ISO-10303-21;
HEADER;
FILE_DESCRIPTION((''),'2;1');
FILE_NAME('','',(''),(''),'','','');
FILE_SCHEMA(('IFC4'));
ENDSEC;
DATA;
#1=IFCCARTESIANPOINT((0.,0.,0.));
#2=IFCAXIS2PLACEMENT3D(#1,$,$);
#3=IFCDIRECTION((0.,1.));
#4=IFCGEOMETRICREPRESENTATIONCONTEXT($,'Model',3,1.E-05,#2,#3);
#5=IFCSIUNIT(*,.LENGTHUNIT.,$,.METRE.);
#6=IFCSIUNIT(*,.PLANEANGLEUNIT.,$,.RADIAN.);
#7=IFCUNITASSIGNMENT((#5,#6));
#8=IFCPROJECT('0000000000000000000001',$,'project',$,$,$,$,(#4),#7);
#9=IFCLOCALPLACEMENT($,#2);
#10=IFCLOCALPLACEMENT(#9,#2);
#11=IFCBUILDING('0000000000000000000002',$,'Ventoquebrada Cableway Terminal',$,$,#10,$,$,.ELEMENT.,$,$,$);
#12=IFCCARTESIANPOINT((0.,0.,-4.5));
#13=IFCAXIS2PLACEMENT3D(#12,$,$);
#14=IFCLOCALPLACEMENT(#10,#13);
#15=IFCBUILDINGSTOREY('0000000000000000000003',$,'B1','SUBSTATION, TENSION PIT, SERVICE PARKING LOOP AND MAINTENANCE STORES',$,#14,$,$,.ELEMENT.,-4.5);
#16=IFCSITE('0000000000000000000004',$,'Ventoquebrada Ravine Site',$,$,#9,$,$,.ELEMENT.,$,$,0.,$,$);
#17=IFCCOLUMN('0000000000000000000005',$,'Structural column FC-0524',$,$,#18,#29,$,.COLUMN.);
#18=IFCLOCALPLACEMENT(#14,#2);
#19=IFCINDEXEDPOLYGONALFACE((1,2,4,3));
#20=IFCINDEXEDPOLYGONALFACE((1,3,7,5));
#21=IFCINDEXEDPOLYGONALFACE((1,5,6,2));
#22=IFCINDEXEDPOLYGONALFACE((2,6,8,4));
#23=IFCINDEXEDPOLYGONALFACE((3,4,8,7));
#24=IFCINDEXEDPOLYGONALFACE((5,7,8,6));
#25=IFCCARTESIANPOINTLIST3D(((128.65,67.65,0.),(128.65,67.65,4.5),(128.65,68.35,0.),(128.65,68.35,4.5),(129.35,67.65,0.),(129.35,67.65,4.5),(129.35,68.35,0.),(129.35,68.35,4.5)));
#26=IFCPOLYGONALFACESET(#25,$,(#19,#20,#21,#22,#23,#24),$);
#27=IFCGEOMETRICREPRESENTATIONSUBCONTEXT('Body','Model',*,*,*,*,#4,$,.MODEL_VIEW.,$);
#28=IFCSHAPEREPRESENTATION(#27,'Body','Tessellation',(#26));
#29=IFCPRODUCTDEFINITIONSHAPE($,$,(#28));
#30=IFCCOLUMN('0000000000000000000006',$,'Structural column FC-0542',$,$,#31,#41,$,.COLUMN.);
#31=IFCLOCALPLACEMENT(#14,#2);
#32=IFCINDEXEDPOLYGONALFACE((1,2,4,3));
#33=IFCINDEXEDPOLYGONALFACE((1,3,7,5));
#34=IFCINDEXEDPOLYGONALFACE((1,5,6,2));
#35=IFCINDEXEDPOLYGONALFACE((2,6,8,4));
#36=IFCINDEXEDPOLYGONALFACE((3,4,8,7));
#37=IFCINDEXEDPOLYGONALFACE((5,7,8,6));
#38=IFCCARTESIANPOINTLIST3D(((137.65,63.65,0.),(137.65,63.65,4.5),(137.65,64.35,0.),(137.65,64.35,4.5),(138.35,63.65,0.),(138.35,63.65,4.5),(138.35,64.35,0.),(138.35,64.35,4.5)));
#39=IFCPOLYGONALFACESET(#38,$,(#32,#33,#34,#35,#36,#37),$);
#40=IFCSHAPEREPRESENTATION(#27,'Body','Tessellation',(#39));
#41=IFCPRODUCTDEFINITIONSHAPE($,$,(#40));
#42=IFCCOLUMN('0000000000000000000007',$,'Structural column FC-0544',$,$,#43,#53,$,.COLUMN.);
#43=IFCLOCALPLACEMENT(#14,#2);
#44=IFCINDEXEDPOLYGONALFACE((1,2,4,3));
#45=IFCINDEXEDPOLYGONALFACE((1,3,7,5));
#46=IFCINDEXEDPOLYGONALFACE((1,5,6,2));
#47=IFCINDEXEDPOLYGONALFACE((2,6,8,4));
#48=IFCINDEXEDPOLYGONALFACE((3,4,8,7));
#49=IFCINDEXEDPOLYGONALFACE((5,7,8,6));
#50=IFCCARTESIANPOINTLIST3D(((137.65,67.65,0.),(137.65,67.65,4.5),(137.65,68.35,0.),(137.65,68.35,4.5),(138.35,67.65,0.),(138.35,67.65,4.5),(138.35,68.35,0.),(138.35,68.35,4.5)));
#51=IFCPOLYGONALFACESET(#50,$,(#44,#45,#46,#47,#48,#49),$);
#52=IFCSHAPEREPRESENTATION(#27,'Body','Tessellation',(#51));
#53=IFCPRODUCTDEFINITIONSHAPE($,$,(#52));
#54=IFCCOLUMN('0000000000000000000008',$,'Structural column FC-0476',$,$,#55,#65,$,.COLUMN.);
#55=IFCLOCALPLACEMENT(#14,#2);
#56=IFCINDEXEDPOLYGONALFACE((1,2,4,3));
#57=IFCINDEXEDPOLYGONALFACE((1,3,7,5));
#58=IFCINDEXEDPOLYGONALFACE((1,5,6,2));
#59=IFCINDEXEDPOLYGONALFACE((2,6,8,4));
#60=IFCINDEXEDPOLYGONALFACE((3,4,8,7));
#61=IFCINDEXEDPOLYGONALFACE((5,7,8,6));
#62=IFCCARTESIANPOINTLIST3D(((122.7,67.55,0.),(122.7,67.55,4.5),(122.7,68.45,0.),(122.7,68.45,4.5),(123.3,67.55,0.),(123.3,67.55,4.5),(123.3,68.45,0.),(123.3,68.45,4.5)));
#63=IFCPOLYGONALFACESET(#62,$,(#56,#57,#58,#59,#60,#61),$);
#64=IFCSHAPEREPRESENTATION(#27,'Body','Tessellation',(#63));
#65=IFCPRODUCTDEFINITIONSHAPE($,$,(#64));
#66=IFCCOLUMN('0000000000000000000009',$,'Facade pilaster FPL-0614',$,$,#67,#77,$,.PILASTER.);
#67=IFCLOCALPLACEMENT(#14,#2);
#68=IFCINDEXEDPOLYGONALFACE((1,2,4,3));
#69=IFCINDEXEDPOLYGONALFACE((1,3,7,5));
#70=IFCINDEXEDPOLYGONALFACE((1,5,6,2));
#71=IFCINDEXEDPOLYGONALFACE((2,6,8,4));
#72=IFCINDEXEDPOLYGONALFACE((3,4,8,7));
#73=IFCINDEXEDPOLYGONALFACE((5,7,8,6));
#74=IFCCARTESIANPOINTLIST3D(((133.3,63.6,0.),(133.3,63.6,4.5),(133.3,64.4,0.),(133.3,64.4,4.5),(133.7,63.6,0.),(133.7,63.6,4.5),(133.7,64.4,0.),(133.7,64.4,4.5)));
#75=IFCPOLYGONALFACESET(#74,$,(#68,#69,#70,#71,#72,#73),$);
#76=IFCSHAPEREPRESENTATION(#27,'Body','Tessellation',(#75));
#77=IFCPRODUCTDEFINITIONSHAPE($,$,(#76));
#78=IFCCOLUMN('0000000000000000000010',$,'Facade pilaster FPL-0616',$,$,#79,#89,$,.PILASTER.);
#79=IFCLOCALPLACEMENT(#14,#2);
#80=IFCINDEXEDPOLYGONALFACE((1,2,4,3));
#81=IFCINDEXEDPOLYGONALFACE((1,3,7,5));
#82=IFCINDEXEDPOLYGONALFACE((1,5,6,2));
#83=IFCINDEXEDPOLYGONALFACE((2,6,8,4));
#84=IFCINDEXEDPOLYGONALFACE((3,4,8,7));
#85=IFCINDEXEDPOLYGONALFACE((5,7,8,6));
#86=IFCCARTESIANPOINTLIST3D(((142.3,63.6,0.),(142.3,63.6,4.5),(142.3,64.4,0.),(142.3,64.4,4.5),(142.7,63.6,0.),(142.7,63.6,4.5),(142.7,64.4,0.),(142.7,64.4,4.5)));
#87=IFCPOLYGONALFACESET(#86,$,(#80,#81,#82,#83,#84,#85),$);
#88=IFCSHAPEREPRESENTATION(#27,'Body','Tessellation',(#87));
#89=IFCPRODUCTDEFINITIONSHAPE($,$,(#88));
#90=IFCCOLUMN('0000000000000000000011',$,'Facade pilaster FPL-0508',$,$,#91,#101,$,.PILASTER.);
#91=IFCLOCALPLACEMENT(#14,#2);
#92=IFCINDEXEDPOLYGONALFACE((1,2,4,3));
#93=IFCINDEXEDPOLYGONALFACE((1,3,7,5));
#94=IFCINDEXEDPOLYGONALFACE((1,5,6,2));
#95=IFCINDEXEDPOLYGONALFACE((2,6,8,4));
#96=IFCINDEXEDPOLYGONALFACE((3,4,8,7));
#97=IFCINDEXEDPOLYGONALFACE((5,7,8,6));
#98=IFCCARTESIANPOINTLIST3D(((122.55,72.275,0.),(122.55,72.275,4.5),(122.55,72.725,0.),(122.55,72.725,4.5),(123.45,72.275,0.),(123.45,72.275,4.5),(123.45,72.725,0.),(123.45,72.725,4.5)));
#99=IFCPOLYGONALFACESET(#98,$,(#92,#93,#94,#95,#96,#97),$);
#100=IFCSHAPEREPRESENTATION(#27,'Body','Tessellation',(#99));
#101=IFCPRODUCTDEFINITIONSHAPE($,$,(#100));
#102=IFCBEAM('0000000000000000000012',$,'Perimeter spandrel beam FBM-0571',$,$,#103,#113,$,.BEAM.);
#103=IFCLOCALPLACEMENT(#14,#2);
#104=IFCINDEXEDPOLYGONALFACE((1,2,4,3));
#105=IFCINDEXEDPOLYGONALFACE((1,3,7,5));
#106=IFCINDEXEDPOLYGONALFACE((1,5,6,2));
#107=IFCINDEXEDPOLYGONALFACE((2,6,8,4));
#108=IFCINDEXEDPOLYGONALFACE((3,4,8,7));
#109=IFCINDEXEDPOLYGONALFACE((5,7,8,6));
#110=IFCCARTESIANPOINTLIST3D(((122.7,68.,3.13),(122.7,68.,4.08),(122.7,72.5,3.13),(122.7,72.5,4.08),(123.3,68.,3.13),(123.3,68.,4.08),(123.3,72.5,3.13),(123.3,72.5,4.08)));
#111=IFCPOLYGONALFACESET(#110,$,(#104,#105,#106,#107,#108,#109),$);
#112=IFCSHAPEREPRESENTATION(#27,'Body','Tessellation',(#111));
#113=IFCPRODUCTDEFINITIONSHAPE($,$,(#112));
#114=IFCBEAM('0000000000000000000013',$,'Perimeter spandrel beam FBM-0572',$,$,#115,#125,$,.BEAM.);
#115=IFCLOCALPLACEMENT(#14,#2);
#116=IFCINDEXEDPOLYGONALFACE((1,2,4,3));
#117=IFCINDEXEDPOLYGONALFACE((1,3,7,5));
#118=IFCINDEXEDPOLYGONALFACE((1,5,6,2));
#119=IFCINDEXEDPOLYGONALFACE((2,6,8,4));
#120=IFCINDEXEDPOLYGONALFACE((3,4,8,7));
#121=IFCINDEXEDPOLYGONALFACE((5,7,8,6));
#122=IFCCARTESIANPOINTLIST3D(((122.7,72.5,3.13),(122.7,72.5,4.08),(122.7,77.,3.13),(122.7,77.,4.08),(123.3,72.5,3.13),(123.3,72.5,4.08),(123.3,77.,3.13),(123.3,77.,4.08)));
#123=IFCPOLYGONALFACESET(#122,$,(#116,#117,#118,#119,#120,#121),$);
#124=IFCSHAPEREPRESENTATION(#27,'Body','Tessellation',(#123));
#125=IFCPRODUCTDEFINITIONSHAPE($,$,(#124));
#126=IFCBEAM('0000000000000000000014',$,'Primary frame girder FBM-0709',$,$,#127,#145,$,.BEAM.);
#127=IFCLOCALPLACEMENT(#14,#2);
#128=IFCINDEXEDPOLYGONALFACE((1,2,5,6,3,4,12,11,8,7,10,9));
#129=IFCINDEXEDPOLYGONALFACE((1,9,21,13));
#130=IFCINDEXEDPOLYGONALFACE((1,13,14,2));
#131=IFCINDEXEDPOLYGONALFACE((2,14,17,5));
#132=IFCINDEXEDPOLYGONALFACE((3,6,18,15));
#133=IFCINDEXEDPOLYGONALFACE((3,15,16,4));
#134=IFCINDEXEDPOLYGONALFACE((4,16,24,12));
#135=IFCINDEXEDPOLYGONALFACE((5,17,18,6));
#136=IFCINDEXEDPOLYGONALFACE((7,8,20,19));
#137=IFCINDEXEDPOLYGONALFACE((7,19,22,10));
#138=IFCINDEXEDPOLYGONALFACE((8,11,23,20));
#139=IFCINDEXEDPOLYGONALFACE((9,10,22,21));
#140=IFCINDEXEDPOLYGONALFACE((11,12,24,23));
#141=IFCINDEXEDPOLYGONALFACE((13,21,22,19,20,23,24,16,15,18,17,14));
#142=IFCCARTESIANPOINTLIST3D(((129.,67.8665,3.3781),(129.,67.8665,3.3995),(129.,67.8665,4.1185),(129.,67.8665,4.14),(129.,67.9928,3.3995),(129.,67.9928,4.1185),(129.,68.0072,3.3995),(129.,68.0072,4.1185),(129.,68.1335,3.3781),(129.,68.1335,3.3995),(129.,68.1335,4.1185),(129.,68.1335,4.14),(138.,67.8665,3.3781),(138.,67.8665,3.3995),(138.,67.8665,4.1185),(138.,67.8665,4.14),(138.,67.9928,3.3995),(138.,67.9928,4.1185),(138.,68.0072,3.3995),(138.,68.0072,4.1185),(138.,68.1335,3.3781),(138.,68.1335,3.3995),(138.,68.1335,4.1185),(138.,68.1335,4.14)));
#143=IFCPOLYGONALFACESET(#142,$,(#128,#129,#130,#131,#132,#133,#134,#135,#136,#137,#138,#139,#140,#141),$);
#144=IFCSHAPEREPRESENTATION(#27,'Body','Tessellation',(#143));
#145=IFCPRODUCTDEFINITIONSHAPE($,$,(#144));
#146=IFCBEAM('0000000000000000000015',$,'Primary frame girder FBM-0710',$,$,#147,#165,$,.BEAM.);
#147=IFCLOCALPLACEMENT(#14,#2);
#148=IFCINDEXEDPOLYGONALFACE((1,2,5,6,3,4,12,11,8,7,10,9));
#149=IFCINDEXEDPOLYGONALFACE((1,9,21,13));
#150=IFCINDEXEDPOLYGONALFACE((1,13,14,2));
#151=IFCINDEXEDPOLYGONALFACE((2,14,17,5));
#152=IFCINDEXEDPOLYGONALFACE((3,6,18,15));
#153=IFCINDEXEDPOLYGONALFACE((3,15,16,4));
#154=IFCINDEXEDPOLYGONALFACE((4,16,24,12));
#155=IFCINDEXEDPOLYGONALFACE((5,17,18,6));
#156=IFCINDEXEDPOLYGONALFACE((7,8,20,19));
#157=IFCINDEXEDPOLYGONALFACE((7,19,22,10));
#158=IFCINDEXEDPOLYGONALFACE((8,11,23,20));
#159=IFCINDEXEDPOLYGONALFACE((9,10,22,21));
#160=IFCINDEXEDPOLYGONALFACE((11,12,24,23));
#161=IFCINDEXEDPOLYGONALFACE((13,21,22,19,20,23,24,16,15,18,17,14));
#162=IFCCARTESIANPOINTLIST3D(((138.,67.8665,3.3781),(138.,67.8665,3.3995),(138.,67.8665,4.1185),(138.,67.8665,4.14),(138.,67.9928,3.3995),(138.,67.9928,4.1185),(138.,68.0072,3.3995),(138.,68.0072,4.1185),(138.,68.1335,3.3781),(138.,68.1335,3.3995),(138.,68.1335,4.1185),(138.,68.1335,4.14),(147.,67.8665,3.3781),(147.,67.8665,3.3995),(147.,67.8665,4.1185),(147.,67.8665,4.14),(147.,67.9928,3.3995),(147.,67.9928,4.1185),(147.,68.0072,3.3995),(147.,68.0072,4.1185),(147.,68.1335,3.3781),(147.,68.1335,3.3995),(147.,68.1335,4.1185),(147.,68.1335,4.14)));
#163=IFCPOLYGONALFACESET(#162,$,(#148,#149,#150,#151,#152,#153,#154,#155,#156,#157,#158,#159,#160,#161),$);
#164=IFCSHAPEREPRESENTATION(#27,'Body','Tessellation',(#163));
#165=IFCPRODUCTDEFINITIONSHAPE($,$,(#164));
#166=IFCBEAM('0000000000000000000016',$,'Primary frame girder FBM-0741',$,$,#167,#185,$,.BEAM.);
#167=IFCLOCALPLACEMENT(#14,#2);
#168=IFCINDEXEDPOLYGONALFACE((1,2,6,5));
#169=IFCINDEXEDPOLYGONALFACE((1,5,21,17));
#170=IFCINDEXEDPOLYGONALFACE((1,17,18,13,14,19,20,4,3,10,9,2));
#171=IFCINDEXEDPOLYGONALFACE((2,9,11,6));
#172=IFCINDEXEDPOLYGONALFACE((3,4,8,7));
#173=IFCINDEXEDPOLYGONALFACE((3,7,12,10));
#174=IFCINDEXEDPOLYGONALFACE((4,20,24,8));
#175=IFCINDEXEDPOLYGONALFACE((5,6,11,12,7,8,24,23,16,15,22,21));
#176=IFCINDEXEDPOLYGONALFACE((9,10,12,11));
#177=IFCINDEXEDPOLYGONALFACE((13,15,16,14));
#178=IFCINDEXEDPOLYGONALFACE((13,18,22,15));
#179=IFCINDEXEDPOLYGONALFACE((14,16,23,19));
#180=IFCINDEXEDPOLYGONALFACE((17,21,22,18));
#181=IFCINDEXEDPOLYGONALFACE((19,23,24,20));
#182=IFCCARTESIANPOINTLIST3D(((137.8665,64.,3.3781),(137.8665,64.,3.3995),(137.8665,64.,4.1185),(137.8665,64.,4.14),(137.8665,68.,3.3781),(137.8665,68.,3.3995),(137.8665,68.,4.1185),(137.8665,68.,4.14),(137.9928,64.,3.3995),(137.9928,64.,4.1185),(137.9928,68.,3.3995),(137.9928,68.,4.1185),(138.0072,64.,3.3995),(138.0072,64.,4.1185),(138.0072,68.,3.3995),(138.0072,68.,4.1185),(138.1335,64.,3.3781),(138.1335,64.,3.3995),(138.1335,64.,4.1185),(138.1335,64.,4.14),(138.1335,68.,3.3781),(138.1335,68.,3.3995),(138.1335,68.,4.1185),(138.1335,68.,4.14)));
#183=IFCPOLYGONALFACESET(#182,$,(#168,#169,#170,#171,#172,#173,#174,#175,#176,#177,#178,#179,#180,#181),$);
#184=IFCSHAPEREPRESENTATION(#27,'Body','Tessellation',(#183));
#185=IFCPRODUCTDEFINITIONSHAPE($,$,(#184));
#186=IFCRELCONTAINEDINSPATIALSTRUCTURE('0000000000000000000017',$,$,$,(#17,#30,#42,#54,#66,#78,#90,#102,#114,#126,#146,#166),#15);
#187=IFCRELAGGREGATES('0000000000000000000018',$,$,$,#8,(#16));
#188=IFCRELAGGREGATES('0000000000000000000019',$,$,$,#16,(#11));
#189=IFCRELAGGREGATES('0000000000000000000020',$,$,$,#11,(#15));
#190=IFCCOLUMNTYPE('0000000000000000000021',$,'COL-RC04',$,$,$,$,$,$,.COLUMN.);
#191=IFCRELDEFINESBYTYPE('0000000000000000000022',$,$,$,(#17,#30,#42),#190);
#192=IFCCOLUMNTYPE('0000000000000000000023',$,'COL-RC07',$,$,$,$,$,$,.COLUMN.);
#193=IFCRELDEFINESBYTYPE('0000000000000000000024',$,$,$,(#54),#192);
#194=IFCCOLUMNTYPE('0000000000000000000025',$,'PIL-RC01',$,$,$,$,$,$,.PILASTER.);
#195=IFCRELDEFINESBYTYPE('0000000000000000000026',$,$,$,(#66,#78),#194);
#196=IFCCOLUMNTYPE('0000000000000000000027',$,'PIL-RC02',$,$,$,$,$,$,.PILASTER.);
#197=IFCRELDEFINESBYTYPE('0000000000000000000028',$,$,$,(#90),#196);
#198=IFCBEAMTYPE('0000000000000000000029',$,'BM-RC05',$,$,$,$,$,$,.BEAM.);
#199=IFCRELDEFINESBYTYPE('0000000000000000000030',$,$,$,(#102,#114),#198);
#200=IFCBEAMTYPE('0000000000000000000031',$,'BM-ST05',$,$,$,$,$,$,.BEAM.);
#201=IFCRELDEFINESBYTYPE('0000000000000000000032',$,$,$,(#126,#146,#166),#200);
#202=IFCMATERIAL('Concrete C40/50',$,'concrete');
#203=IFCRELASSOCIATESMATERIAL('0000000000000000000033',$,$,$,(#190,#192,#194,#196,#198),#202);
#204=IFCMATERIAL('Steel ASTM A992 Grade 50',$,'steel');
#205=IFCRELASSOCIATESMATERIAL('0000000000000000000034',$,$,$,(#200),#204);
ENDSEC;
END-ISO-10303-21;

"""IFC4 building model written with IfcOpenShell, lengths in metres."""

from ifc_helpers import new_model, si_unit, direction, frame, origin, origin_2d, place, context, subcontext, project, spatial, rectangle, i_section, extrude, material, material_profile, profile_set, type_object, element, save


model = new_model("IFC4")

# Units and contexts
model_context = context("Model", 3, precision=1e-05, world=origin(), true_north=direction((0.0, 1.0)))
body_context = subcontext(model_context, "Body", "Model", "MODEL_VIEW")
ifc_project = project(units=[si_unit("LENGTHUNIT", "METRE"), si_unit("PLANEANGLEUNIT", "RADIAN")], contexts=[model_context])

# Site, building, storey
site_placement = place(None, origin())
site = spatial("IfcSite", under=ifc_project, at=site_placement, Name="Ventoquebrada Ravine Site", CompositionType="ELEMENT", RefElevation=0.0)
building_placement = place(site_placement, origin())
building = spatial("IfcBuilding", under=site, at=building_placement, Name="Ventoquebrada Cableway Terminal", CompositionType="ELEMENT")
storey_placement = place(building_placement, frame((0.0, 0.0, -4.5)))
storey = spatial("IfcBuildingStorey", under=building, at=storey_placement, Name="B1", Description="SUBSTATION, TENSION PIT, SERVICE PARKING LOOP AND MAINTENANCE STORES", CompositionType="ELEMENT", Elevation=-4.5)

# Shared definitions
ifc_material_1 = material(Name="Concrete C40/50", Category="concrete")

# Columns
ifc_material_profile_1 = material_profile(ifc_material_1, rectangle(XDim=0.7, YDim=0.7, at=origin_2d()), Name="RC-COL-700X700")
ifc_profile_set_1 = profile_set([ifc_material_profile_1], Name="Concrete C40/50")
column_type_1 = type_object("IfcColumnType", Name="COL-RC04", PredefinedType="COLUMN", material=ifc_profile_set_1)
for number, where, z_axis, x_axis, name in (
    (1, (129.0, 68.0, 0.0), (0.0, 0.0, 1.0), (1.0, 0.0, 0.0), "Structural column FC-0524"),
    (2, (138.0, 64.0, 0.0), (0.0, 0.0, 1.0), (1.0, 0.0, 0.0), "Structural column FC-0542"),
    (3, (138.0, 68.0, 0.0), (0.0, 0.0, 1.0), (1.0, 0.0, 0.0), "Structural column FC-0544"),
):
    element("IfcColumn", number, at=place(storey_placement, frame(where, z_axis=z_axis, x_axis=x_axis)), inside=storey, type_object=column_type_1, Name=name, PredefinedType="COLUMN", context=body_context, shape_type="SweptSolid", body=[
        extrude(rectangle(XDim=0.7, YDim=0.7, at=origin_2d()), origin(), (0.0, 0.0, 1.0), 4.5),
    ])
ifc_material_profile_2 = material_profile(ifc_material_1, rectangle(XDim=0.6001, YDim=0.8999, at=origin_2d()), Name="RC-COL-900X600")
ifc_profile_set_2 = profile_set([ifc_material_profile_2], Name="Concrete C40/50")
column_type_2 = type_object("IfcColumnType", Name="COL-RC07", PredefinedType="COLUMN", material=ifc_profile_set_2)
column_1_placement = place(storey_placement, frame((123.0, 68.0, 0.0), z_axis=(0.0, 0.0, 1.0), x_axis=(1.0, 0.0, 0.0)))
element("IfcColumn", 4, at=column_1_placement, inside=storey, type_object=column_type_2, Name="Structural column FC-0476", PredefinedType="COLUMN", context=body_context, shape_type="SweptSolid", body=[
    extrude(rectangle(XDim=0.6001, YDim=0.8999, at=origin_2d()), origin(), (0.0, 0.0, 1.0), 4.5),
])
ifc_material_profile_3 = material_profile(ifc_material_1, rectangle(XDim=0.3999, YDim=0.8, at=origin_2d()), Name="RC-PIL-400X800")
ifc_profile_set_3 = profile_set([ifc_material_profile_3], Name="Concrete C40/50")
column_type_3 = type_object("IfcColumnType", Name="PIL-RC01", PredefinedType="PILASTER", material=ifc_profile_set_3)
for number, where, z_axis, x_axis, name in (
    (5, (133.5, 64.0, 0.0), (0.0, 0.0, 1.0), (1.0, 0.0, 0.0), "Facade pilaster FPL-0614"),
    (6, (142.5, 64.0, 0.0), (0.0, 0.0, 1.0), (1.0, 0.0, 0.0), "Facade pilaster FPL-0616"),
):
    element("IfcColumn", number, at=place(storey_placement, frame(where, z_axis=z_axis, x_axis=x_axis)), inside=storey, type_object=column_type_3, Name=name, PredefinedType="PILASTER", context=body_context, shape_type="SweptSolid", body=[
        extrude(rectangle(XDim=0.3999, YDim=0.8, at=origin_2d()), origin(), (0.0, 0.0, 1.0), 4.5),
    ])
ifc_material_profile_4 = material_profile(ifc_material_1, rectangle(XDim=0.45, YDim=0.8999, at=origin_2d()), Name="RC-PIL-450X900")
ifc_profile_set_4 = profile_set([ifc_material_profile_4], Name="Concrete C40/50")
column_type_4 = type_object("IfcColumnType", Name="PIL-RC02", PredefinedType="PILASTER", material=ifc_profile_set_4)
column_2_placement = place(storey_placement, frame((123.0, 72.5, 0.0), z_axis=(0.0, 0.0, 1.0), x_axis=(0.0, 1.0, 0.0)))
element("IfcColumn", 7, at=column_2_placement, inside=storey, type_object=column_type_4, Name="Facade pilaster FPL-0508", PredefinedType="PILASTER", context=body_context, shape_type="SweptSolid", body=[
    extrude(rectangle(XDim=0.45, YDim=0.8999, at=origin_2d()), origin(), (0.0, 0.0, 1.0), 4.5),
])

# Beams
ifc_material_profile_5 = material_profile(ifc_material_1, rectangle(XDim=0.6001, YDim=0.95, at=origin_2d()), Name="RC-BM-600X950")
ifc_profile_set_5 = profile_set([ifc_material_profile_5], Name="Concrete C40/50")
beam_type_1 = type_object("IfcBeamType", Name="BM-RC05", PredefinedType="BEAM", material=ifc_profile_set_5)
for number, where, z_axis, x_axis, name in (
    (8, (123.0, 68.0, 3.605), (0.0, 1.0, 0.0), (-1.0, 0.0, 0.0), "Perimeter spandrel beam FBM-0571"),
    (9, (123.0, 72.5, 3.605), (0.0, 1.0, 0.0), (-1.0, 0.0, 0.0), "Perimeter spandrel beam FBM-0572"),
):
    element("IfcBeam", number, at=place(storey_placement, frame(where, z_axis=z_axis, x_axis=x_axis)), inside=storey, type_object=beam_type_1, Name=name, PredefinedType="BEAM", context=body_context, shape_type="SweptSolid", body=[
        extrude(rectangle(XDim=0.6001, YDim=0.95, at=origin_2d()), origin(), (0.0, 0.0, 1.0), 4.5),
    ])
ifc_material_2 = material(Name="Steel ASTM A992 Grade 50", Category="steel")
ifc_material_profile_6 = material_profile(ifc_material_2, i_section(OverallWidth=0.2671, OverallDepth=0.762, WebThickness=0.0144, FlangeThickness=0.0215, at=origin_2d()), Name="W30X116")
ifc_profile_set_6 = profile_set([ifc_material_profile_6], Name="Steel ASTM A992 Grade 50")
beam_type_2 = type_object("IfcBeamType", Name="BM-ST05", PredefinedType="BEAM", material=ifc_profile_set_6)
for number, where, z_axis, x_axis, name in (
    (10, (129.0, 68.0, 3.759), (1.0, 0.0, 0.0), (0.0, 1.0, 0.0), "Primary frame girder FBM-0709"),
    (11, (138.0, 68.0, 3.759), (1.0, 0.0, 0.0), (0.0, 1.0, 0.0), "Primary frame girder FBM-0710"),
):
    element("IfcBeam", number, at=place(storey_placement, frame(where, z_axis=z_axis, x_axis=x_axis)), inside=storey, type_object=beam_type_2, Name=name, PredefinedType="BEAM", context=body_context, shape_type="SweptSolid", body=[
        extrude(i_section(OverallWidth=0.2671, OverallDepth=0.762, WebThickness=0.0144, FlangeThickness=0.0215, at=origin_2d()), origin(), (0.0, 0.0, 1.0), 9.0),
    ])
beam_1_placement = place(storey_placement, frame((138.0, 64.0, 3.759), z_axis=(0.0, 1.0, 0.0), x_axis=(-1.0, 0.0, 0.0)))
element("IfcBeam", 12, at=beam_1_placement, inside=storey, type_object=beam_type_2, Name="Primary frame girder FBM-0741", PredefinedType="BEAM", context=body_context, shape_type="SweptSolid", body=[
    extrude(i_section(OverallWidth=0.2671, OverallDepth=0.762, WebThickness=0.0144, FlangeThickness=0.0215, at=origin_2d()), origin(), (0.0, 0.0, 1.0), 4.0),
])

save(model, "model.ifc")
